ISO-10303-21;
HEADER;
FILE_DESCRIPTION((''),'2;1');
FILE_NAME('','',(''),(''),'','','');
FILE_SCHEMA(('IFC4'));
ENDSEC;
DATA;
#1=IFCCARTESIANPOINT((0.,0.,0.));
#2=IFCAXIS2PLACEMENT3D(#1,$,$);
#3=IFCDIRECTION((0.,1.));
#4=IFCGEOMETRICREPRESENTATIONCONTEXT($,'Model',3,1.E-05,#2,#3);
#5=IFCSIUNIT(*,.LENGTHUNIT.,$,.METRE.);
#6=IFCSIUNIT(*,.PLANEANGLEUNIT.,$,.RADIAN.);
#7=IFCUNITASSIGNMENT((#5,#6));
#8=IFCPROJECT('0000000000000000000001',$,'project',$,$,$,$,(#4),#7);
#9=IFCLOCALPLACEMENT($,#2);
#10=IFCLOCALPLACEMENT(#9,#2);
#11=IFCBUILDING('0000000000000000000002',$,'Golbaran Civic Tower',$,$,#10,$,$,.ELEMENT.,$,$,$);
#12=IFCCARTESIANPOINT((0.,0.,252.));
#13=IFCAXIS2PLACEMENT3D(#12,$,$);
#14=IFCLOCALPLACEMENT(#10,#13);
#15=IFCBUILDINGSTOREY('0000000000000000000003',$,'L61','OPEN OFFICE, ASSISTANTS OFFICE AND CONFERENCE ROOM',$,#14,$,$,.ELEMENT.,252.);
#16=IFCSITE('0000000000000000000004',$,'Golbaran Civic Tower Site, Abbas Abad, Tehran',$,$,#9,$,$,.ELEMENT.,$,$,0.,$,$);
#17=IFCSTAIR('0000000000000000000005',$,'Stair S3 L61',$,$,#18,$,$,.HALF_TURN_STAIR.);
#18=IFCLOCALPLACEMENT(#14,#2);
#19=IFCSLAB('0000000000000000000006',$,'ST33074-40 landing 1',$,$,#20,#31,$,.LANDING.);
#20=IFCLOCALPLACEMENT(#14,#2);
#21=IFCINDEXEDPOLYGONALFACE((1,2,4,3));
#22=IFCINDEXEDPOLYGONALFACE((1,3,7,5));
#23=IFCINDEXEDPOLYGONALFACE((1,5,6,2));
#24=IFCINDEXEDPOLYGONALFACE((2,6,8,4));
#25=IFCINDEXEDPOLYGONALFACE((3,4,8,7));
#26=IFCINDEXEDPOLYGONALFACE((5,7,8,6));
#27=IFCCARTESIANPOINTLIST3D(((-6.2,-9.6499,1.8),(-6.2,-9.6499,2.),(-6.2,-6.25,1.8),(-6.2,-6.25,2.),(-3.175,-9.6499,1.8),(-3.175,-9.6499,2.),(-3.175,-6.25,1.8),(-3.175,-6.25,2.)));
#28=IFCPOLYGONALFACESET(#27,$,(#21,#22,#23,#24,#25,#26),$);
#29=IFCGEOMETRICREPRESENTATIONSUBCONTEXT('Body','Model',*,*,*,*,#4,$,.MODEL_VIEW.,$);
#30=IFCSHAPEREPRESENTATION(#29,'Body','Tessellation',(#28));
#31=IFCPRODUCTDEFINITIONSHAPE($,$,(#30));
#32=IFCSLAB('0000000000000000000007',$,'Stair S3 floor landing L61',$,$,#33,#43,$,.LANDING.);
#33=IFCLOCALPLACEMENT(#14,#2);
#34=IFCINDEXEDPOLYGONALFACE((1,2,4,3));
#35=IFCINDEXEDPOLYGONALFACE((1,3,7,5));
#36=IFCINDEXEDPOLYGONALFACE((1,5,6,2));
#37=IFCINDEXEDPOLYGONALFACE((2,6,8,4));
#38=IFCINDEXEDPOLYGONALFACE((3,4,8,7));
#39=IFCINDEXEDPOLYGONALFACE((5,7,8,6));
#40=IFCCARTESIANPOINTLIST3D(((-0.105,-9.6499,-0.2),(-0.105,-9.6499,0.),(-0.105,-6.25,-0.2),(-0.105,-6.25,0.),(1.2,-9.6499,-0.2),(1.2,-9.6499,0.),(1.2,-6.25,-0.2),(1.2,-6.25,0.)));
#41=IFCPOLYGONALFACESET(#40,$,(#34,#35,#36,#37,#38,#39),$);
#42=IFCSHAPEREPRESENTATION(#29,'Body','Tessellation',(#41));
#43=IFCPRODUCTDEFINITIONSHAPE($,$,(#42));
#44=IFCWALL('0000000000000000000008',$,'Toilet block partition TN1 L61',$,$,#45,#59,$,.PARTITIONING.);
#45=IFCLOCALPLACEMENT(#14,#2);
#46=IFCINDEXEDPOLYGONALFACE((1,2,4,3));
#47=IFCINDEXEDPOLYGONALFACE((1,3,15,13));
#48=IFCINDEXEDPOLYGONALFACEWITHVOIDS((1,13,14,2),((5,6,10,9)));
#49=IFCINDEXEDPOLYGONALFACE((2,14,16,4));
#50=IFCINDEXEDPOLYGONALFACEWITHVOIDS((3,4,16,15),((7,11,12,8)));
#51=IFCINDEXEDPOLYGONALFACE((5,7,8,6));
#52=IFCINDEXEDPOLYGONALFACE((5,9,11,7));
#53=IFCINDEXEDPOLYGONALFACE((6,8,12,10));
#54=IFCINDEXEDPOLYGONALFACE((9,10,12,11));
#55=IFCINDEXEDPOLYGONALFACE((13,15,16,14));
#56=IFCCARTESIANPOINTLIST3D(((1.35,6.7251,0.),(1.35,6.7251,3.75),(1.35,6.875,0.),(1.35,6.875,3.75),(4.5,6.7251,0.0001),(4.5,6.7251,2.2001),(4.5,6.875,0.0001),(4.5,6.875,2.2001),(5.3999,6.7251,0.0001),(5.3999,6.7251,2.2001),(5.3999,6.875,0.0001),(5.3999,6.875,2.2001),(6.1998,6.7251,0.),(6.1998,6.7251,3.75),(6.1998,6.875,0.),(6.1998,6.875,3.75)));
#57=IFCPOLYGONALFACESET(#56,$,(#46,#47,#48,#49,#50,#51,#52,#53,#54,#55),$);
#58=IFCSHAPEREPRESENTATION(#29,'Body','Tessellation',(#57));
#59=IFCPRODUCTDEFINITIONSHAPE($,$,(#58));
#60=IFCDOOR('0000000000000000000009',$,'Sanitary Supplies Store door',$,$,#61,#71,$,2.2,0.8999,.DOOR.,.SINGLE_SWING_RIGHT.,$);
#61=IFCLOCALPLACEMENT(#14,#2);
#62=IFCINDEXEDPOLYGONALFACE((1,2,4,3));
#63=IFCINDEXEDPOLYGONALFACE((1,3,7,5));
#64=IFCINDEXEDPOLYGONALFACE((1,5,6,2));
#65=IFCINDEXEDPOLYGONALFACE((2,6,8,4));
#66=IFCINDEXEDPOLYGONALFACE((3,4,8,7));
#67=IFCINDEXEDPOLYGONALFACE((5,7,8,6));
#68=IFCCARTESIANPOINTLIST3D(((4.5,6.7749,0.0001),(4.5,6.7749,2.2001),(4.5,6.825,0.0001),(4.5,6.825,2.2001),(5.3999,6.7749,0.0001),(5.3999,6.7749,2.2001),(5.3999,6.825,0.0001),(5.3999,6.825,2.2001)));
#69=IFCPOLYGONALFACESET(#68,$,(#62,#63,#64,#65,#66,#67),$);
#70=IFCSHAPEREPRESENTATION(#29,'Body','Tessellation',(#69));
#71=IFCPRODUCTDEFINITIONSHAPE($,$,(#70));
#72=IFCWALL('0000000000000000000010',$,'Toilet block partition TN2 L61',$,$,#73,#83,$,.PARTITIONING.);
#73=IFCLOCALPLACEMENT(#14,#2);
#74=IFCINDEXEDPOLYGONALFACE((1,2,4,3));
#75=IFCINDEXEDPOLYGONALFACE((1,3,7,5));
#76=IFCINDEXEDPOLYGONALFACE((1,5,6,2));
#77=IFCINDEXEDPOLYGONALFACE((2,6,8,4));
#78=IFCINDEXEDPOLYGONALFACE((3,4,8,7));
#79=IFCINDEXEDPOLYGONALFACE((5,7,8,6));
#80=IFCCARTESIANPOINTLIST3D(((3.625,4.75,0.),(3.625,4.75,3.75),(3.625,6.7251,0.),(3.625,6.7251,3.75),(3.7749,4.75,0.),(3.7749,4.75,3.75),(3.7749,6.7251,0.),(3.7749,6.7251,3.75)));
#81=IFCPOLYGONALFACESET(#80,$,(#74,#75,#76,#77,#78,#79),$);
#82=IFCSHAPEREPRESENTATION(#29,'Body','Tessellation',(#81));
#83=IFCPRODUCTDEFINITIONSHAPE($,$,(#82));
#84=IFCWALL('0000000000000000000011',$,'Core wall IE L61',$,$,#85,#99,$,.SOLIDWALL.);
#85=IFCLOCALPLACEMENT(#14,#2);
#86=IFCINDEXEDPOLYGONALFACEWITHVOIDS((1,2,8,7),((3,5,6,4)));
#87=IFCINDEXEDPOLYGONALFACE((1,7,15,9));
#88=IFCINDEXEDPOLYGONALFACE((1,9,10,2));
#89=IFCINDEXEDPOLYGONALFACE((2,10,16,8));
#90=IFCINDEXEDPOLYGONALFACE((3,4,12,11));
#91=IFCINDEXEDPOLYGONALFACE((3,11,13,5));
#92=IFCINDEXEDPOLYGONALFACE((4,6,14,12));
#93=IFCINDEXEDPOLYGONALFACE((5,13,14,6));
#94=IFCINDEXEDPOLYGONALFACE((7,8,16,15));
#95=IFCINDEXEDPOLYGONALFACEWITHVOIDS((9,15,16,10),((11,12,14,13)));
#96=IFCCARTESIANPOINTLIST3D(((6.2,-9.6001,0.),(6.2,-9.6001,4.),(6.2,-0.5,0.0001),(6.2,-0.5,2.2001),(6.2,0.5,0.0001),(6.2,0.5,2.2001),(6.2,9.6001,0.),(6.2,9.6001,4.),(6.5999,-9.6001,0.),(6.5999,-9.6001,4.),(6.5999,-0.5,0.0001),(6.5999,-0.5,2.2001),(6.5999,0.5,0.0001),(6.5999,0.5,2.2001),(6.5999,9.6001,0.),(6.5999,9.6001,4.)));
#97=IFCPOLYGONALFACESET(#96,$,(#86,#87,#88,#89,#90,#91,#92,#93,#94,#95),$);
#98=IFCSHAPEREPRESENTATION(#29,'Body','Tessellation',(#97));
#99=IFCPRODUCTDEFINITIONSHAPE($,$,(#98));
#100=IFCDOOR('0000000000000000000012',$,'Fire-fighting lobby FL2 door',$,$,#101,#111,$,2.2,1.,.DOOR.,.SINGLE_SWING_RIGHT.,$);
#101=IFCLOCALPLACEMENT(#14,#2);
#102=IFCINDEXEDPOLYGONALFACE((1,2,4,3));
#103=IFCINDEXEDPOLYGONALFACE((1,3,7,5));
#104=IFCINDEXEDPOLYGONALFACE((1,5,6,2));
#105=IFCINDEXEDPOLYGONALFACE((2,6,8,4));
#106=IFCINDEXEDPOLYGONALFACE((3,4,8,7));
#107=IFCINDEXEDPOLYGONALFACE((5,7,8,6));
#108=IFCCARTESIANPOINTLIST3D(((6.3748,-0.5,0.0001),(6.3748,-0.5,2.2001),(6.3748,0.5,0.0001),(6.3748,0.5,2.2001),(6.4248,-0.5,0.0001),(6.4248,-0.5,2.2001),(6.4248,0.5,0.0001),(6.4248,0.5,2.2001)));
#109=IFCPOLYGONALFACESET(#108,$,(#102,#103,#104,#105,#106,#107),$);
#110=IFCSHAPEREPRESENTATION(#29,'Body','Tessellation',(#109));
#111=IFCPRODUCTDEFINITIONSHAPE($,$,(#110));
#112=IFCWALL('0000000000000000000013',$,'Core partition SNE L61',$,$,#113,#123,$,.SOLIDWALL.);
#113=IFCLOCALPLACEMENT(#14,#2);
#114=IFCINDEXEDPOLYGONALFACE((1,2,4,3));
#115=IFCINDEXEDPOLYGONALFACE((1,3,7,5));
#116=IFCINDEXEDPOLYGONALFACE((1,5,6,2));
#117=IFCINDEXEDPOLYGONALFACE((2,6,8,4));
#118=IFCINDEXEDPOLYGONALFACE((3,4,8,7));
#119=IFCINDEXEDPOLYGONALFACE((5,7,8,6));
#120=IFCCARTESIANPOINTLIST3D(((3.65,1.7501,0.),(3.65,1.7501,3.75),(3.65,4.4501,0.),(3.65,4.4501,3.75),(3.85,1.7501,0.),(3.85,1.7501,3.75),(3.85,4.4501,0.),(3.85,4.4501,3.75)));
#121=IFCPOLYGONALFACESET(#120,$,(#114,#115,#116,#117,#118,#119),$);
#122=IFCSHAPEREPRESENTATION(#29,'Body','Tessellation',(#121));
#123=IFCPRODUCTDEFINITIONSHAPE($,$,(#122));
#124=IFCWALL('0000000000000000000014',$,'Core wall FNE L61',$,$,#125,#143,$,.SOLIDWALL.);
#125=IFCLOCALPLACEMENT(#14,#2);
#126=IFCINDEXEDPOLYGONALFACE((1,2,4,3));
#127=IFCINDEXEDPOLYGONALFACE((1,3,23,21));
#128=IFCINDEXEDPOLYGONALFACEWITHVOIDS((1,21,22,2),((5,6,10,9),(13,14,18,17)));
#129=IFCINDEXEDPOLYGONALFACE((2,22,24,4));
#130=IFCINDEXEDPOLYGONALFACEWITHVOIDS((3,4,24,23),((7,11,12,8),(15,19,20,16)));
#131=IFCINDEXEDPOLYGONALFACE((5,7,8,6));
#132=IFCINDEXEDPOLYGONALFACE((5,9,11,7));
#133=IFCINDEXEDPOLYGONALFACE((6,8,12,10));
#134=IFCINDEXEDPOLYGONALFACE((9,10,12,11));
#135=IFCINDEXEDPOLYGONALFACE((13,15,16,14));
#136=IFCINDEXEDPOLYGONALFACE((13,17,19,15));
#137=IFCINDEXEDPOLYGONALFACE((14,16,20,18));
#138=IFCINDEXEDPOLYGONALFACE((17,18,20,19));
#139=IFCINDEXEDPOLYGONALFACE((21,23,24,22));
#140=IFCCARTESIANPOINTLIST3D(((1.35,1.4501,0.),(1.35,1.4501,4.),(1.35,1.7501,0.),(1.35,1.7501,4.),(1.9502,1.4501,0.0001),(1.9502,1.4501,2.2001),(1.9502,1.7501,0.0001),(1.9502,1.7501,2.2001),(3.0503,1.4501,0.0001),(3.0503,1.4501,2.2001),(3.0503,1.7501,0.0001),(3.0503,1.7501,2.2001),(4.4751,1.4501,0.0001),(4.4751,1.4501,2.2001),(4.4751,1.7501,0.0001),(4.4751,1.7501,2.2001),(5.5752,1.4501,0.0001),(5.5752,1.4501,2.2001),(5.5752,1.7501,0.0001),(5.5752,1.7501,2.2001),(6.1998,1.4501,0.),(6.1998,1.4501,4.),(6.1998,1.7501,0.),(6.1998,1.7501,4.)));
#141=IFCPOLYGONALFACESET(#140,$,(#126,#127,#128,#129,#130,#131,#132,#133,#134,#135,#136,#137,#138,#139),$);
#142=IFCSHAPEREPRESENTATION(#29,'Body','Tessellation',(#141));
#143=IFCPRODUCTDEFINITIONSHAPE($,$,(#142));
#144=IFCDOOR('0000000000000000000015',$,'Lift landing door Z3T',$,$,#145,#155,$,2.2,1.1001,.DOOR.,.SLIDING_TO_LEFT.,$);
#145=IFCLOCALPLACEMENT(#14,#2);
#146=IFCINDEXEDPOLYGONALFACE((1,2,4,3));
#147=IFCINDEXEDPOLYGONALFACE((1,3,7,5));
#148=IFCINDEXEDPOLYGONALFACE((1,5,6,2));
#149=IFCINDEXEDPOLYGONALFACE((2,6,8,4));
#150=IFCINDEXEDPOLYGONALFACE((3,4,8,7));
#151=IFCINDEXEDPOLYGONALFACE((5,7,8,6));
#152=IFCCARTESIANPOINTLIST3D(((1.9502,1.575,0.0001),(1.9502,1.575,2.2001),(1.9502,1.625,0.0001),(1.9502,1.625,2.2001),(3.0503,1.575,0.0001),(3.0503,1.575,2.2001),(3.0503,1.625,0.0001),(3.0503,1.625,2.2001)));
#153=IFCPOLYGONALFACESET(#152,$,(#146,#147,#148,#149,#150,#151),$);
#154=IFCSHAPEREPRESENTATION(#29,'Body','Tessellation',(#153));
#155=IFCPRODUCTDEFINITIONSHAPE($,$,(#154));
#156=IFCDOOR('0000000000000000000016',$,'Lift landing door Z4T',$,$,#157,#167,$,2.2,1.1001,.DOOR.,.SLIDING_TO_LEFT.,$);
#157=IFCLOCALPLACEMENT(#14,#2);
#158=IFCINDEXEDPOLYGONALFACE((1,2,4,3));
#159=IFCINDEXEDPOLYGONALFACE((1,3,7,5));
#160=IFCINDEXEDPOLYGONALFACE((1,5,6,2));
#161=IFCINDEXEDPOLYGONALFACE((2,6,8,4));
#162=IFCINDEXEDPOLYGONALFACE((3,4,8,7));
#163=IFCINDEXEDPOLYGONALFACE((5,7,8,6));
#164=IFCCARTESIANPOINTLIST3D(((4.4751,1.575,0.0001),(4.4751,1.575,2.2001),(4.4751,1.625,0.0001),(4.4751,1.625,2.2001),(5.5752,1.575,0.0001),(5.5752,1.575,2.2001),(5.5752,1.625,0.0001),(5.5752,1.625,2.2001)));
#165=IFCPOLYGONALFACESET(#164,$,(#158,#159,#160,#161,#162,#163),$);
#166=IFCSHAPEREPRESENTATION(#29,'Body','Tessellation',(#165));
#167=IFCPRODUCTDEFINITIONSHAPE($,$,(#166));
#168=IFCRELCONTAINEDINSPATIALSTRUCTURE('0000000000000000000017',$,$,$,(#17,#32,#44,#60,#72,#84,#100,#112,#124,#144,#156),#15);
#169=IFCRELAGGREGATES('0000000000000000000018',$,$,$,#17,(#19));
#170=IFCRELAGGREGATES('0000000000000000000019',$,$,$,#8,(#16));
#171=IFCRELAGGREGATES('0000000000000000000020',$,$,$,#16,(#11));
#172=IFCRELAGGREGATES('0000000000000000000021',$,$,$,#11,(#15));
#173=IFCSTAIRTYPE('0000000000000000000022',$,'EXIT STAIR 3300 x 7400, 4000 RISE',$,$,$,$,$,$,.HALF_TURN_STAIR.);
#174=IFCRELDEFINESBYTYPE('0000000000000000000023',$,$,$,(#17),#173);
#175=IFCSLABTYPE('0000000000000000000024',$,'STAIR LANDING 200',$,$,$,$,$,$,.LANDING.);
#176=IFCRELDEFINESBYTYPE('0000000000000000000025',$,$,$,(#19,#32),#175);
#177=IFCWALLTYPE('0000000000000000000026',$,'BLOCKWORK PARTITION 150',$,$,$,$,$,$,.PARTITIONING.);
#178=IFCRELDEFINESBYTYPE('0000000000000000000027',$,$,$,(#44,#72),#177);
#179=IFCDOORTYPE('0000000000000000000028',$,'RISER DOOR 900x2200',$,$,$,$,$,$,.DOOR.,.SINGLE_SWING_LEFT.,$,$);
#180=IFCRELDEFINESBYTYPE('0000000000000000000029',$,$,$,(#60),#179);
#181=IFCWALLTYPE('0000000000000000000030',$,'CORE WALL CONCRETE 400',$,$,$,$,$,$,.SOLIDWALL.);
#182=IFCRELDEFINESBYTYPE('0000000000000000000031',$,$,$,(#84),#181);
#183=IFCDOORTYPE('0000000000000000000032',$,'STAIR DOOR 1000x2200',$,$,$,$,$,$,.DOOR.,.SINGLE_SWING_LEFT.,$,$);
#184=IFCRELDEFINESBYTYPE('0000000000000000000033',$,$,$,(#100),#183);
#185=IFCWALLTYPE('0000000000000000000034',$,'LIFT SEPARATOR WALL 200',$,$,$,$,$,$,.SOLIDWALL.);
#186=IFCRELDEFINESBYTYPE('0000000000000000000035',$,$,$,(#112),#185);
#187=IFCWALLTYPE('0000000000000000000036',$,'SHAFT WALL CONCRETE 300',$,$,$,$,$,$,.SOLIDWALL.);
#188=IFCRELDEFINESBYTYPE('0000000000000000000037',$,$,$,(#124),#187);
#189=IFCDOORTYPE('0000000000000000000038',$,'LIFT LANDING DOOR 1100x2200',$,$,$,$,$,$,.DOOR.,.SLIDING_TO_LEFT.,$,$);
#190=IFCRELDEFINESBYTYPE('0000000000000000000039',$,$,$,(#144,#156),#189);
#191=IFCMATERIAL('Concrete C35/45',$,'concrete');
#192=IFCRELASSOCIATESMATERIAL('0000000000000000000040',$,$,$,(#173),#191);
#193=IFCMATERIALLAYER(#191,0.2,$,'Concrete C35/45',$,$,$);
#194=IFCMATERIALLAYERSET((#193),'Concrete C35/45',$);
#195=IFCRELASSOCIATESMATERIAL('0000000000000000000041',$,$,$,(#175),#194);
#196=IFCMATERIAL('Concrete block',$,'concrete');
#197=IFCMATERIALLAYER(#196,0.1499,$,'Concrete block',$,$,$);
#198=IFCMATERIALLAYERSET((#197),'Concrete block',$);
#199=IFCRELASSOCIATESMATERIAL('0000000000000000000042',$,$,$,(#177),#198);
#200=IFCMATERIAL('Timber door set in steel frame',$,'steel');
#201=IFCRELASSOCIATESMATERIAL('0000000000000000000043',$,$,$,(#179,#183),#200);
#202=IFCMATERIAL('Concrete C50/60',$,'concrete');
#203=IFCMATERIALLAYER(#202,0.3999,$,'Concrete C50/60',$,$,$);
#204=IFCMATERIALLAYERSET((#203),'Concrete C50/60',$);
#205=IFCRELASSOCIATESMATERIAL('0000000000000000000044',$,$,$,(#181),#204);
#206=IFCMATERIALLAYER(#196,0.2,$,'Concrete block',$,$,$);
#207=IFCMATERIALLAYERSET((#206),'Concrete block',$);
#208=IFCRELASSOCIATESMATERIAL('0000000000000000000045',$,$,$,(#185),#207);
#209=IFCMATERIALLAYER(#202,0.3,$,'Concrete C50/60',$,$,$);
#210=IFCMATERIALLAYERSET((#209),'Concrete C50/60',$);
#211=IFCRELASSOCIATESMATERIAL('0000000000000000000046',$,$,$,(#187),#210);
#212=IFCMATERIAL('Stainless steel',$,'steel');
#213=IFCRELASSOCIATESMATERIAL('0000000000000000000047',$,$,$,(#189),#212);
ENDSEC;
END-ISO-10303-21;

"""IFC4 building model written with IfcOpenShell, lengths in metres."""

from ifc_helpers import new_model, si_unit, direction, frame, frame_2d, origin, place, context, subcontext, project, spatial, polyline, rectangle, outline, extrude, material, layer, layer_set, type_object, element, fill, aggregate, save


model = new_model("IFC4")

# Units and contexts
model_context = context("Model", 3, precision=1e-05, world=origin(), true_north=direction((0.0, 1.0)))
body_context = subcontext(model_context, "Body", "Model", "MODEL_VIEW")
ifc_project = project(units=[si_unit("LENGTHUNIT", "METRE"), si_unit("PLANEANGLEUNIT", "RADIAN")], contexts=[model_context])

# Site, building, storey
site_placement = place(None, origin())
site = spatial("IfcSite", under=ifc_project, at=site_placement, Name="Golbaran Civic Tower Site, Abbas Abad, Tehran", CompositionType="ELEMENT", RefElevation=0.0)
building_placement = place(site_placement, origin())
building = spatial("IfcBuilding", under=site, at=building_placement, Name="Golbaran Civic Tower", CompositionType="ELEMENT")
storey_placement = place(building_placement, frame((0.0, 0.0, 252.0)))
storey = spatial("IfcBuildingStorey", under=building, at=storey_placement, Name="L61", Description="OPEN OFFICE, ASSISTANTS OFFICE AND CONFERENCE ROOM", CompositionType="ELEMENT", Elevation=252.0)

# Stair, slab
ifc_material_1 = material(Name="Concrete C35/45", Category="concrete")
stair_type = type_object("IfcStairType", Name="EXIT STAIR 3300 x 7400, 4000 RISE", PredefinedType="HALF_TURN_STAIR", material=ifc_material_1)
stair_placement = place(storey_placement, origin())
stair = element("IfcStair", 1, at=stair_placement, inside=storey, type_object=stair_type, Name="Stair S3 L61", PredefinedType="HALF_TURN_STAIR")
ifc_layer_1 = layer(ifc_material_1, 0.2, Name="Concrete C35/45")
ifc_layer_set_1 = layer_set([ifc_layer_1], Name="Concrete C35/45")
slab_type = type_object("IfcSlabType", Name="STAIR LANDING 200", PredefinedType="LANDING", material=ifc_layer_set_1)
slab_1_placement = place(storey_placement, frame((0.0, 0.0, 1.8)))
slab_1 = element("IfcSlab", 2, at=slab_1_placement, type_object=slab_type, Name="ST33074-40 landing 1", PredefinedType="LANDING", context=body_context, shape_type="SweptSolid", body=[
    extrude(outline(polyline([(-3.175, -9.6499), (-6.2, -9.6499), (-6.2, -6.25), (-3.175, -6.25), (-3.175, -9.6499)])), origin(), (0.0, 0.0, 1.0), 0.2),
])
aggregate(stair, [slab_1])

# Slab
slab_2_placement = place(storey_placement, frame((0.0, 0.0, -0.2)))
element("IfcSlab", 3, at=slab_2_placement, inside=storey, type_object=slab_type, Name="Stair S3 floor landing L61", PredefinedType="LANDING", context=body_context, shape_type="SweptSolid", body=[
    extrude(outline(polyline([(1.2, -9.6499), (-0.105, -9.6499), (-0.105, -6.25), (1.2, -6.25), (1.2, -9.6499)])), origin(), (0.0, 0.0, 1.0), 0.2),
])

# Wall, opening, door
ifc_material_2 = material(Name="Concrete block", Category="concrete")
ifc_layer_2 = layer(ifc_material_2, 0.1499, Name="Concrete block")
ifc_layer_set_2 = layer_set([ifc_layer_2], Name="Concrete block")
wall_type_1 = type_object("IfcWallType", Name="BLOCKWORK PARTITION 150", PredefinedType="PARTITIONING", material=ifc_layer_set_2)
wall_1_placement = place(storey_placement, frame((1.3501, 6.8, 0.0), z_axis=(0.0, 0.0, 1.0), x_axis=(1.0, 0.0, 0.0)))
wall_1 = element("IfcWall", 4, at=wall_1_placement, inside=storey, type_object=wall_type_1, Name="Toilet block partition TN1 L61", PredefinedType="PARTITIONING", context=body_context, shape_type="SweptSolid", body=[
    extrude(rectangle(XDim=4.8499, YDim=0.1499, at=frame_2d((2.4248, 0.0))), origin(), (0.0, 0.0, 1.0), 3.75),
])
opening_1_placement = place(wall_1_placement, frame((3.1499, 0.0, 0.0)))
opening_1 = element("IfcOpeningElement", 5, at=opening_1_placement, cuts=wall_1, PredefinedType="OPENING", context=body_context, shape_type="SweptSolid", body=[
    extrude(rectangle(XDim=0.8999, YDim=2.2, at=frame_2d((0.45, 1.1001))), frame((0.0, 0.085, 0.0), z_axis=(0.0, -1.0, 0.0), x_axis=(1.0, 0.0, 0.0)), (0.0, 0.0, 1.0), 0.1699),
])
ifc_material_3 = material(Name="Timber door set in steel frame", Category="steel")
door_type_1 = type_object("IfcDoorType", Name="RISER DOOR 900x2200", OperationType="SINGLE_SWING_LEFT", PredefinedType="DOOR", material=ifc_material_3)
door_1_placement = place(opening_1_placement, origin())
door_1 = element("IfcDoor", 6, at=door_1_placement, inside=storey, type_object=door_type_1, Name="Sanitary Supplies Store door", OperationType="SINGLE_SWING_RIGHT", OverallHeight=2.2, OverallWidth=0.8999, PredefinedType="DOOR", context=body_context, shape_type="SweptSolid", body=[
    extrude(rectangle(XDim=0.8999, YDim=2.2, at=frame_2d((0.45, 1.1001))), frame((0.0, 0.0249, 0.0), z_axis=(0.0, -1.0, 0.0), x_axis=(1.0, 0.0, 0.0)), (0.0, 0.0, 1.0), 0.05),
])
fill(opening_1, door_1)

# Wall
wall_2_placement = place(storey_placement, frame((3.7, 4.75, 0.0), z_axis=(0.0, 0.0, 1.0), x_axis=(0.0, 1.0, 0.0)))
element("IfcWall", 7, at=wall_2_placement, inside=storey, type_object=wall_type_1, Name="Toilet block partition TN2 L61", PredefinedType="PARTITIONING", context=body_context, shape_type="SweptSolid", body=[
    extrude(rectangle(XDim=1.9751, YDim=0.1499, at=frame_2d((0.9875, 0.0))), origin(), (0.0, 0.0, 1.0), 3.75),
])

# Wall, opening, door
ifc_material_4 = material(Name="Concrete C50/60", Category="concrete")
ifc_layer_3 = layer(ifc_material_4, 0.3999, Name="Concrete C50/60")
ifc_layer_set_3 = layer_set([ifc_layer_3], Name="Concrete C50/60")
wall_type_2 = type_object("IfcWallType", Name="CORE WALL CONCRETE 400", PredefinedType="SOLIDWALL", material=ifc_layer_set_3)
wall_3_placement = place(storey_placement, frame((6.3999, 9.6001, 0.0), z_axis=(0.0, 0.0, 1.0), x_axis=(0.0, -1.0, 0.0)))
wall_3 = element("IfcWall", 8, at=wall_3_placement, inside=storey, type_object=wall_type_2, Name="Core wall IE L61", PredefinedType="SOLIDWALL", context=body_context, shape_type="SweptSolid", body=[
    extrude(rectangle(XDim=19.2002, YDim=0.3999, at=frame_2d((9.6001, 0.0))), origin(), (0.0, 0.0, 1.0), 4.0),
])
opening_2_placement = place(wall_3_placement, frame((9.1001, 0.0, 0.0)))
opening_2 = element("IfcOpeningElement", 9, at=opening_2_placement, cuts=wall_3, PredefinedType="OPENING", context=body_context, shape_type="SweptSolid", body=[
    extrude(rectangle(XDim=1.0, YDim=2.2, at=frame_2d((0.5, 1.1001))), frame((0.0, 0.21, 0.0), z_axis=(0.0, -1.0, 0.0), x_axis=(1.0, 0.0, 0.0)), (0.0, 0.0, 1.0), 0.4199),
])
door_type_2 = type_object("IfcDoorType", Name="STAIR DOOR 1000x2200", OperationType="SINGLE_SWING_LEFT", PredefinedType="DOOR", material=ifc_material_3)
door_2_placement = place(opening_2_placement, origin())
door_2 = element("IfcDoor", 10, at=door_2_placement, inside=storey, type_object=door_type_2, Name="Fire-fighting lobby FL2 door", OperationType="SINGLE_SWING_RIGHT", OverallHeight=2.2, OverallWidth=1.0, PredefinedType="DOOR", context=body_context, shape_type="SweptSolid", body=[
    extrude(rectangle(XDim=1.0, YDim=2.2, at=frame_2d((0.5, 1.1001))), frame((0.0, 0.0249, 0.0), z_axis=(0.0, -1.0, 0.0), x_axis=(1.0, 0.0, 0.0)), (0.0, 0.0, 1.0), 0.05),
])
fill(opening_2, door_2)

# Wall
ifc_layer_4 = layer(ifc_material_2, 0.2, Name="Concrete block")
ifc_layer_set_4 = layer_set([ifc_layer_4], Name="Concrete block")
wall_type_3 = type_object("IfcWallType", Name="LIFT SEPARATOR WALL 200", PredefinedType="SOLIDWALL", material=ifc_layer_set_4)
wall_4_placement = place(storey_placement, frame((3.75, 1.75, 0.0), z_axis=(0.0, 0.0, 1.0), x_axis=(0.0, 1.0, 0.0)))
element("IfcWall", 11, at=wall_4_placement, inside=storey, type_object=wall_type_3, Name="Core partition SNE L61", PredefinedType="SOLIDWALL", context=body_context, shape_type="SweptSolid", body=[
    extrude(rectangle(XDim=2.7, YDim=0.2, at=frame_2d((1.3501, 0.0))), origin(), (0.0, 0.0, 1.0), 3.75),
])

# Wall, openings, doors
ifc_layer_5 = layer(ifc_material_4, 0.3, Name="Concrete C50/60")
ifc_layer_set_5 = layer_set([ifc_layer_5], Name="Concrete C50/60")
wall_type_4 = type_object("IfcWallType", Name="SHAFT WALL CONCRETE 300", PredefinedType="SOLIDWALL", material=ifc_layer_set_5)
wall_5_placement = place(storey_placement, frame((1.3501, 1.6001, 0.0), z_axis=(0.0, 0.0, 1.0), x_axis=(1.0, 0.0, 0.0)))
wall_5 = element("IfcWall", 12, at=wall_5_placement, inside=storey, type_object=wall_type_4, Name="Core wall FNE L61", PredefinedType="SOLIDWALL", context=body_context, shape_type="SweptSolid", body=[
    extrude(rectangle(XDim=4.8499, YDim=0.3, at=frame_2d((2.4248, 0.0))), origin(), (0.0, 0.0, 1.0), 4.0),
])
opening_3_placement = place(wall_5_placement, frame((0.6001, 0.0, 0.0)))
opening_3 = element("IfcOpeningElement", 13, at=opening_3_placement, cuts=wall_5, PredefinedType="OPENING", context=body_context, shape_type="SweptSolid", body=[
    extrude(rectangle(XDim=1.1001, YDim=2.2, at=frame_2d((0.55, 1.1001))), frame((0.0, 0.1599, 0.0), z_axis=(0.0, -1.0, 0.0), x_axis=(1.0, 0.0, 0.0)), (0.0, 0.0, 1.0), 0.3201),
])
opening_4_placement = place(wall_5_placement, frame((3.125, 0.0, 0.0)))
opening_4 = element("IfcOpeningElement", 14, at=opening_4_placement, cuts=wall_5, PredefinedType="OPENING", context=body_context, shape_type="SweptSolid", body=[
    extrude(rectangle(XDim=1.1001, YDim=2.2, at=frame_2d((0.55, 1.1001))), frame((0.0, 0.1599, 0.0), z_axis=(0.0, -1.0, 0.0), x_axis=(1.0, 0.0, 0.0)), (0.0, 0.0, 1.0), 0.3201),
])
ifc_material_5 = material(Name="Stainless steel", Category="steel")
door_type_3 = type_object("IfcDoorType", Name="LIFT LANDING DOOR 1100x2200", OperationType="SLIDING_TO_LEFT", PredefinedType="DOOR", material=ifc_material_5)
door_3_placement = place(opening_3_placement, origin())
door_3 = element("IfcDoor", 15, at=door_3_placement, inside=storey, type_object=door_type_3, Name="Lift landing door Z3T", OperationType="SLIDING_TO_LEFT", OverallHeight=2.2, OverallWidth=1.1001, PredefinedType="DOOR", context=body_context, shape_type="SweptSolid", body=[
    extrude(rectangle(XDim=1.1001, YDim=2.2, at=frame_2d((0.55, 1.1001))), frame((0.0, 0.0249, 0.0), z_axis=(0.0, -1.0, 0.0), x_axis=(1.0, 0.0, 0.0)), (0.0, 0.0, 1.0), 0.05),
])
fill(opening_3, door_3)
door_4_placement = place(opening_4_placement, origin())
door_4 = element("IfcDoor", 16, at=door_4_placement, inside=storey, type_object=door_type_3, Name="Lift landing door Z4T", OperationType="SLIDING_TO_LEFT", OverallHeight=2.2, OverallWidth=1.1001, PredefinedType="DOOR", context=body_context, shape_type="SweptSolid", body=[
    extrude(rectangle(XDim=1.1001, YDim=2.2, at=frame_2d((0.55, 1.1001))), frame((0.0, 0.0249, 0.0), z_axis=(0.0, -1.0, 0.0), x_axis=(1.0, 0.0, 0.0)), (0.0, 0.0, 1.0), 0.05),
])
fill(opening_4, door_4)

save(model, "model.ifc")
